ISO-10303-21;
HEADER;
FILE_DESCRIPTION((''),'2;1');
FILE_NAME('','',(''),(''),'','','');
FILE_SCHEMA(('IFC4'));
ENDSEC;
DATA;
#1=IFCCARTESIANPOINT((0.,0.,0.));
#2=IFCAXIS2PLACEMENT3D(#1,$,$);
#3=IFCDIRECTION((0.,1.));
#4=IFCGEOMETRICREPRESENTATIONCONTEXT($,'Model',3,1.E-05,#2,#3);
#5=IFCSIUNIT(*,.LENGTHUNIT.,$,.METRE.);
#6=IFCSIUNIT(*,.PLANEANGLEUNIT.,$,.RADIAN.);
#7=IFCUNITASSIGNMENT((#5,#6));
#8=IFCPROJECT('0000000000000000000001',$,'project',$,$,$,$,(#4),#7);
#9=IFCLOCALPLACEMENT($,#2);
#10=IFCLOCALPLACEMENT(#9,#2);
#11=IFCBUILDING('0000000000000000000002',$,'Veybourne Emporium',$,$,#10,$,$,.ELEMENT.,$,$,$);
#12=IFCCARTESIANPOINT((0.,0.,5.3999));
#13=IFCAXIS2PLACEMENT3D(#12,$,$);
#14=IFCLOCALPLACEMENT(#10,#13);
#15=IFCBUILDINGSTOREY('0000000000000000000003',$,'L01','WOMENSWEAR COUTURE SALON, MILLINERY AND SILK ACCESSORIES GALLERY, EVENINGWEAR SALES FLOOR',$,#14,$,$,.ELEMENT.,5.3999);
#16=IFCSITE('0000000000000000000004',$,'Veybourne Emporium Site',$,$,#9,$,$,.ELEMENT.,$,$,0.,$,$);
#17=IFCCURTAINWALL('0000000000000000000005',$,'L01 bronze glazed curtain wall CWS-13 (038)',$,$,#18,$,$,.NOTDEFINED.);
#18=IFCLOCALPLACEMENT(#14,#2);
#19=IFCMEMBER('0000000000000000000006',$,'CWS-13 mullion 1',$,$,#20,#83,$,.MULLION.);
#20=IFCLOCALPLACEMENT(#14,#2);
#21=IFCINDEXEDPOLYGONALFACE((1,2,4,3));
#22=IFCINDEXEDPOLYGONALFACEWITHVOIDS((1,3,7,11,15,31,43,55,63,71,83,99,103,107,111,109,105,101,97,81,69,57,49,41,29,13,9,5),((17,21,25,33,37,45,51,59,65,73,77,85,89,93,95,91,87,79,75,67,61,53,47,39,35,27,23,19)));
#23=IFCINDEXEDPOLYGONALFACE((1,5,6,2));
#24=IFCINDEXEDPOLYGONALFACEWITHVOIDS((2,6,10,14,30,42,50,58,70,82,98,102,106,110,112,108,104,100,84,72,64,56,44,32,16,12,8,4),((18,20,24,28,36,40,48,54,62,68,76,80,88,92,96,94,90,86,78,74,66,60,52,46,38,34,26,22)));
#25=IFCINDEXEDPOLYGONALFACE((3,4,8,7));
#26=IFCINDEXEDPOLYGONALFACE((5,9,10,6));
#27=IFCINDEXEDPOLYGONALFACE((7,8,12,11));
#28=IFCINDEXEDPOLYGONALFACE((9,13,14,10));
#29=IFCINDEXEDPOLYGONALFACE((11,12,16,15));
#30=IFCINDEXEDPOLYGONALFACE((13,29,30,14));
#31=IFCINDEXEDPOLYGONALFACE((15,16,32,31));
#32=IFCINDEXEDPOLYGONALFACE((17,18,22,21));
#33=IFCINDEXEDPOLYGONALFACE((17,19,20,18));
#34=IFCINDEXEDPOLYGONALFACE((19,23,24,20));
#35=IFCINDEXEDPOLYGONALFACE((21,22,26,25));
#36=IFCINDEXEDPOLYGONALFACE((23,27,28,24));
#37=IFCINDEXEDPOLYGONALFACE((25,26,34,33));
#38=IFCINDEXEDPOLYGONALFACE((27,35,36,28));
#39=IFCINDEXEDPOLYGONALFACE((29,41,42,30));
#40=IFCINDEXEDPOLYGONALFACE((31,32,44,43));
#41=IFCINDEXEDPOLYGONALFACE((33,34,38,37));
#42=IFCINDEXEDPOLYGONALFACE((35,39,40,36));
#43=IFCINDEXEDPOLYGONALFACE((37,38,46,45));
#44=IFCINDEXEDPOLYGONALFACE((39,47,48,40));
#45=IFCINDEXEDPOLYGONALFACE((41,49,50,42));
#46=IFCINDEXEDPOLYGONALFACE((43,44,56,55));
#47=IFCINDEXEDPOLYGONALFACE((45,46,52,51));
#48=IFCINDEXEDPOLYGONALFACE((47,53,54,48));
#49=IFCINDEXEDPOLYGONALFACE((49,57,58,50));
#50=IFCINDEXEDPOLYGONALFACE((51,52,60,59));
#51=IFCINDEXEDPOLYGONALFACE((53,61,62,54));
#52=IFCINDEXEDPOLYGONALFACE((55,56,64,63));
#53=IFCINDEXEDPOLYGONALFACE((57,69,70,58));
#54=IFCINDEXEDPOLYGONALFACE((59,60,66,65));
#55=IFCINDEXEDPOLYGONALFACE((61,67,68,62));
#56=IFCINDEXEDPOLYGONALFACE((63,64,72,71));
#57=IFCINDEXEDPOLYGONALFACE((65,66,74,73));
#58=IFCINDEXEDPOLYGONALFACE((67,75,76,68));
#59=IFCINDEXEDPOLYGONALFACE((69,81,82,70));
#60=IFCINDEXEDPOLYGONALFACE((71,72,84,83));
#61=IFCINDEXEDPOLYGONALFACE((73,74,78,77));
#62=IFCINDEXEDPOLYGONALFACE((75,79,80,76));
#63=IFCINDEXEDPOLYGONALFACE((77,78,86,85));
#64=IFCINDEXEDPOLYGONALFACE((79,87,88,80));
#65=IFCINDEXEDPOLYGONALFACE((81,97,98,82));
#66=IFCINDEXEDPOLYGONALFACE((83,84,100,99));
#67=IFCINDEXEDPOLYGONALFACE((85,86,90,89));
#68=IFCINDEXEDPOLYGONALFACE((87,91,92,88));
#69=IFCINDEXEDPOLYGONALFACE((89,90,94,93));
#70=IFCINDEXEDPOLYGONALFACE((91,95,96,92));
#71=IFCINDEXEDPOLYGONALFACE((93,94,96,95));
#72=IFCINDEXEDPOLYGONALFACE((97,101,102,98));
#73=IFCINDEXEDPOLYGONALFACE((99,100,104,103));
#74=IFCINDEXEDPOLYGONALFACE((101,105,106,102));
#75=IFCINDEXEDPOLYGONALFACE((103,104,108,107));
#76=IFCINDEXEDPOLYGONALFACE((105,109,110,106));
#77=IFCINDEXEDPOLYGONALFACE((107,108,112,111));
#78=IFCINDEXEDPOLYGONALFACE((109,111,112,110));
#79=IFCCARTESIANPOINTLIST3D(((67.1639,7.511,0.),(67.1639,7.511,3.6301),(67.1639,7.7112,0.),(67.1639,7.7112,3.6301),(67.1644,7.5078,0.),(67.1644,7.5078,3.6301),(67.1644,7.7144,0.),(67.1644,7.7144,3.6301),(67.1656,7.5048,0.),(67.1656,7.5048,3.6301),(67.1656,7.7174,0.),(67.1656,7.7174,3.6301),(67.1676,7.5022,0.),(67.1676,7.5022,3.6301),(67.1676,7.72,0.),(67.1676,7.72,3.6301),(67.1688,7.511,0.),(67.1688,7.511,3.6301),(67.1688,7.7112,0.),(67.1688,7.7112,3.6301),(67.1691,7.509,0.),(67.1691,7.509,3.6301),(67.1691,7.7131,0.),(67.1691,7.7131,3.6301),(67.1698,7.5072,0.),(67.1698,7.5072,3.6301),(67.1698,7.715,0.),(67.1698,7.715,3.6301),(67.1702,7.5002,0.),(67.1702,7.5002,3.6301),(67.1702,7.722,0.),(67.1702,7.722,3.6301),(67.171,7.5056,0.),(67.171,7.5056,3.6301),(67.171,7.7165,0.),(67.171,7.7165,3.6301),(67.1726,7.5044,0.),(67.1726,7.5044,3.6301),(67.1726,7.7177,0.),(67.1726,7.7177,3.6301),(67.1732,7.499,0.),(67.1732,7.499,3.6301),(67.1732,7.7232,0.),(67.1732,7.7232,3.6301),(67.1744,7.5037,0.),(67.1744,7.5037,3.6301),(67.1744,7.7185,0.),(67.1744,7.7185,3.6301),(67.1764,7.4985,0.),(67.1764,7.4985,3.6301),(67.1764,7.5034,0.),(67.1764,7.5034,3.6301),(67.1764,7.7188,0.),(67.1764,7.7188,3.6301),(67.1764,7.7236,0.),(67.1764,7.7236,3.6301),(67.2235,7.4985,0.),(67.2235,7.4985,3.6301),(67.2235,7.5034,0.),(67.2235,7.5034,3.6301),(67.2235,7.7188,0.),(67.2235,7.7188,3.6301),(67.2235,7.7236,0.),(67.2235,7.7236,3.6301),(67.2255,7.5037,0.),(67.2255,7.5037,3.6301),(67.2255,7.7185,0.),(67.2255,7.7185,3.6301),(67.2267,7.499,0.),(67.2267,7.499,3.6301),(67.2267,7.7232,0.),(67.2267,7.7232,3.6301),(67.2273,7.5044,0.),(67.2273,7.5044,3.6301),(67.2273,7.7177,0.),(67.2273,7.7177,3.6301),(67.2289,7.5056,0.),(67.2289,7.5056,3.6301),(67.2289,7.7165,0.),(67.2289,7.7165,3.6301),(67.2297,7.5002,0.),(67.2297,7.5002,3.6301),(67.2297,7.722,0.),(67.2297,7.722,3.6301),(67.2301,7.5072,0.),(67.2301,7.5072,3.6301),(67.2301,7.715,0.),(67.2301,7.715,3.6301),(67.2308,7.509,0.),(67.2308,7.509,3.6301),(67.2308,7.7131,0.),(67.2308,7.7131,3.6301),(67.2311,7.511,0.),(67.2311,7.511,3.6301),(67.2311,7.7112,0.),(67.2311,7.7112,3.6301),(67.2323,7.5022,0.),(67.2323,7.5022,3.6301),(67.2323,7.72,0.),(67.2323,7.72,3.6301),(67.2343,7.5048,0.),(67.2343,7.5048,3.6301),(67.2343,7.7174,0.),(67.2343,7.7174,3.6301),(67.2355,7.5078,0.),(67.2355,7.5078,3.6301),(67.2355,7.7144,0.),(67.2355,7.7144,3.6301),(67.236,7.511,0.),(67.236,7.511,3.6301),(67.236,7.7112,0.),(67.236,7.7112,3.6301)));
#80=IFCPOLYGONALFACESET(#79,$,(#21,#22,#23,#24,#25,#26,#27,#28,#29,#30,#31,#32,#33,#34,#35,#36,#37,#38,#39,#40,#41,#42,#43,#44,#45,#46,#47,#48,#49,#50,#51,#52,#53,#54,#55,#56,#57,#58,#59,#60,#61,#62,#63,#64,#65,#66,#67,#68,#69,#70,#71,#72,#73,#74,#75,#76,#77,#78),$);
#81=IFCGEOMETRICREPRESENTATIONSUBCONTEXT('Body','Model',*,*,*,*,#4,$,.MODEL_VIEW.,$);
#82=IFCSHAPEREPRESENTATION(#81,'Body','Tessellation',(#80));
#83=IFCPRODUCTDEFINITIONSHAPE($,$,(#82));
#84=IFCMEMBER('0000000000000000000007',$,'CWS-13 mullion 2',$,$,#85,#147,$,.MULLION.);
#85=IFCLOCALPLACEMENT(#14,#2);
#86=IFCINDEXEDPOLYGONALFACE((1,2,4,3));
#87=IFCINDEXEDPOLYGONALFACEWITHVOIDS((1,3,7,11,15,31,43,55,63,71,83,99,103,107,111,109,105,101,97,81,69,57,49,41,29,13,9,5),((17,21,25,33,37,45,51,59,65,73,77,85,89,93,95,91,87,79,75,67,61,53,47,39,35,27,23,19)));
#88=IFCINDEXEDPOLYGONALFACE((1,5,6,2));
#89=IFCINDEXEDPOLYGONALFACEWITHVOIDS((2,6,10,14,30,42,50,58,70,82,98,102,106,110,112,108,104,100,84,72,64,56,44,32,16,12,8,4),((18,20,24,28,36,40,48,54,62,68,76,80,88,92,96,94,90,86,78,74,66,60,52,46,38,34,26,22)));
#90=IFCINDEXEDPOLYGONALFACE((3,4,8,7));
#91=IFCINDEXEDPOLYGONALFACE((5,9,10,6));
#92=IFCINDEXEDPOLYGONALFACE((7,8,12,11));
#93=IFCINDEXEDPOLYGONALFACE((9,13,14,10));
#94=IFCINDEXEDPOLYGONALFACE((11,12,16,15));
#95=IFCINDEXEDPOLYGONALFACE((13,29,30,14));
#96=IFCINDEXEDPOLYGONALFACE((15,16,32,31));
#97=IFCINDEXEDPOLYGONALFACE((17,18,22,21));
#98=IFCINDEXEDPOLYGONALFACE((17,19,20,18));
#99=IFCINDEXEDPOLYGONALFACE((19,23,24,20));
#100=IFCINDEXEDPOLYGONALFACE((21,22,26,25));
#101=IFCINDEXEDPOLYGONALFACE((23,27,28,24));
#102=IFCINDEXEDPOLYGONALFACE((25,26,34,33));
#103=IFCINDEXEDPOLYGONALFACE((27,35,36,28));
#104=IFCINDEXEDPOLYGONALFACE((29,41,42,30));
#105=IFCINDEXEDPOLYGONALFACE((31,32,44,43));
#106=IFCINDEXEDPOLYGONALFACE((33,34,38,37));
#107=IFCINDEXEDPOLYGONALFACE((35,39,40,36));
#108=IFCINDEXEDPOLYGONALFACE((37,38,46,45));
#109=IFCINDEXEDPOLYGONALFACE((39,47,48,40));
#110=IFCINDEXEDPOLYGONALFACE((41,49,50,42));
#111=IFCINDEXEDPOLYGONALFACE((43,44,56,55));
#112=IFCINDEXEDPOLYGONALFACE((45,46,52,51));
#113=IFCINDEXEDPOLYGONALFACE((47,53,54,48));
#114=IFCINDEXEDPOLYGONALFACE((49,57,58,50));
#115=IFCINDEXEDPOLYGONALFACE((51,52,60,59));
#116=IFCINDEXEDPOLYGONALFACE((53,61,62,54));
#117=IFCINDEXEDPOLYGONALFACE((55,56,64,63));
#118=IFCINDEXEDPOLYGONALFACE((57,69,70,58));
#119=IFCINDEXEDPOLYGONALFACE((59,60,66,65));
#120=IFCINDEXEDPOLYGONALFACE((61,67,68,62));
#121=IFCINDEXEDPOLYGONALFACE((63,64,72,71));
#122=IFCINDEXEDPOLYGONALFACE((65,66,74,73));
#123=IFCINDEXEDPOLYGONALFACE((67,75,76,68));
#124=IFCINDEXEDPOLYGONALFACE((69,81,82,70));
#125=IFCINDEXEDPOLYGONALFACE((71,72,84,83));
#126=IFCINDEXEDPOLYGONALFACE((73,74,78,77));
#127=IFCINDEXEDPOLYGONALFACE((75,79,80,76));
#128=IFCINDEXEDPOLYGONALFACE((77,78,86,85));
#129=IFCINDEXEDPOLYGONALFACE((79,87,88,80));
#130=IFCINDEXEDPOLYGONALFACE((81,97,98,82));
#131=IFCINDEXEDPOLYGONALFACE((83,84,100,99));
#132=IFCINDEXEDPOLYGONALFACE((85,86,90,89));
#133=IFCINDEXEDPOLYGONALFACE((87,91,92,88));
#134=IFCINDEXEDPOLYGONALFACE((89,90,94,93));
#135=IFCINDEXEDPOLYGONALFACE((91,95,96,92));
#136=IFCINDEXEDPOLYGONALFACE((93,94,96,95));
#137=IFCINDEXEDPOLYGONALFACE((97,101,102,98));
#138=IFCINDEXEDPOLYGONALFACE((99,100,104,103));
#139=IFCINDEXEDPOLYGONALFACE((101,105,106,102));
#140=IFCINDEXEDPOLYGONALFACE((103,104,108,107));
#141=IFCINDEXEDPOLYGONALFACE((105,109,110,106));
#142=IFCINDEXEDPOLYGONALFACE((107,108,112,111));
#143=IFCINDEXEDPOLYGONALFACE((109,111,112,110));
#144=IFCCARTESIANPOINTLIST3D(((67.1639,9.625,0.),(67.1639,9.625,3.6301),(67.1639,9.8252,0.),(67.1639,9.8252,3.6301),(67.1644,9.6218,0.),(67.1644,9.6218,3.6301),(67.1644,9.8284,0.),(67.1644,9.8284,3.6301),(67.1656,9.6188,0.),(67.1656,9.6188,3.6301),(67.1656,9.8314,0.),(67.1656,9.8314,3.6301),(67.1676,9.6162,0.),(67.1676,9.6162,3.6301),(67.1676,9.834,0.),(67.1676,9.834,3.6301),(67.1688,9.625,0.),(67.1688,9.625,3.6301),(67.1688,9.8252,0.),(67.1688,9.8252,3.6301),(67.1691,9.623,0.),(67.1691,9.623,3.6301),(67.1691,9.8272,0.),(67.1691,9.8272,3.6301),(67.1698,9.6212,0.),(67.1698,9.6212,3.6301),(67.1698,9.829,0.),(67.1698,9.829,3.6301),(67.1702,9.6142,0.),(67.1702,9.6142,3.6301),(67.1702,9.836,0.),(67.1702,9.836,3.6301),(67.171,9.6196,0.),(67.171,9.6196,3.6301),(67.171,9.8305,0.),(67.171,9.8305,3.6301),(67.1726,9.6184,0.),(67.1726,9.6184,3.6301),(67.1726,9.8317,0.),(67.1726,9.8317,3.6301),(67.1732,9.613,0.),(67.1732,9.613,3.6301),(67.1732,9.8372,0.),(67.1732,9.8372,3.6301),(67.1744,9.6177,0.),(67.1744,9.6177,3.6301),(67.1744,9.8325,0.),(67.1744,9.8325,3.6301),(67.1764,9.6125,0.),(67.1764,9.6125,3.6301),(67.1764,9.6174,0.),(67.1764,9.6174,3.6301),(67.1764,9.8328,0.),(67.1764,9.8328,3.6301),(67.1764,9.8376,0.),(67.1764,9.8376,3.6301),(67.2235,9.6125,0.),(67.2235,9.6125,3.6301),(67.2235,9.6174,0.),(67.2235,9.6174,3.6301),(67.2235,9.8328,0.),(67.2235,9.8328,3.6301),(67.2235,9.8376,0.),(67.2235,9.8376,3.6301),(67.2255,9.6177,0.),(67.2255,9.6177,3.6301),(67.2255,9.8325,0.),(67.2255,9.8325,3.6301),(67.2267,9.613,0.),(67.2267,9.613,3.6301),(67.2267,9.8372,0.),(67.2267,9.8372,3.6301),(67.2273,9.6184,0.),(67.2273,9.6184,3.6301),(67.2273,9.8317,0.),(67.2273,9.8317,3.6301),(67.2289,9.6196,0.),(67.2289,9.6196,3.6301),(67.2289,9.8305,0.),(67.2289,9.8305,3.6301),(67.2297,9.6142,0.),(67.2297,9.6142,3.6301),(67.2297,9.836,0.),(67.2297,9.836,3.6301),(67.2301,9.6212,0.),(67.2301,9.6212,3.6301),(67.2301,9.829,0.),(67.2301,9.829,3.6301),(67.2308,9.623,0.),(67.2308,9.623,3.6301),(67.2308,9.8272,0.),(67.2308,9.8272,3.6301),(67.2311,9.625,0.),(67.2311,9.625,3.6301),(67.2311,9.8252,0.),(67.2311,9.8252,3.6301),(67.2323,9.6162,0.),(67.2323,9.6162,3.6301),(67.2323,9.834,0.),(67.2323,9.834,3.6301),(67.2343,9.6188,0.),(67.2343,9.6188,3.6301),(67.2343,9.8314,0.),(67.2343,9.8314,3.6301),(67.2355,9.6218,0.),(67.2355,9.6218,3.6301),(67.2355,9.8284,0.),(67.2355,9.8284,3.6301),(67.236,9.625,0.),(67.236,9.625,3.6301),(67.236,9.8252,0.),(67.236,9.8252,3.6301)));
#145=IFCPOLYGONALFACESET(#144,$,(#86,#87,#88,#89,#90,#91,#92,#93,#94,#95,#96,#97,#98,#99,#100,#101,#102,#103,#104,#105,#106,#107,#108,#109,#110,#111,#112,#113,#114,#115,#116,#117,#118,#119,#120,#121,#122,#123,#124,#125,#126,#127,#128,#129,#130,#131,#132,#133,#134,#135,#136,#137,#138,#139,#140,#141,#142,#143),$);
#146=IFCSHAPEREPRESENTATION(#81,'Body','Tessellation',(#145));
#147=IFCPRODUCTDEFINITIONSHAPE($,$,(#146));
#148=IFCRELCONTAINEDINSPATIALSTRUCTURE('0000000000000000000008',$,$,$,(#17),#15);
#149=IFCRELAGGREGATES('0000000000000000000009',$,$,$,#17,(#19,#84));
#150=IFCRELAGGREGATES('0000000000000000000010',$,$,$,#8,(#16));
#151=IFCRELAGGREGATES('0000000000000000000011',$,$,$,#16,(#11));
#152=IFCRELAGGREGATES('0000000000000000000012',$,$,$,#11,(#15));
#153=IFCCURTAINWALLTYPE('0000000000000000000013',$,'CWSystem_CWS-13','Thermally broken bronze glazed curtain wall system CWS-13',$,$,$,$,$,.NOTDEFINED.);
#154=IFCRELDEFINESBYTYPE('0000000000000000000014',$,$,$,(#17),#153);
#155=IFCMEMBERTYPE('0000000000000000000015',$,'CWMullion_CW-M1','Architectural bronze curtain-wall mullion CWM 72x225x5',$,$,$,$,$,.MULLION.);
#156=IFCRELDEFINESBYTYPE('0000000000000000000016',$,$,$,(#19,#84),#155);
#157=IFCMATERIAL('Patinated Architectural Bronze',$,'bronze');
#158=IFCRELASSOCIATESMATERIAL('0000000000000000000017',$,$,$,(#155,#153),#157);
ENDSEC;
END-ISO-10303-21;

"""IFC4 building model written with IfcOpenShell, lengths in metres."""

from ifc_helpers import new_model, si_unit, direction, frame, origin, origin_2d, place, context, subcontext, project, spatial, hollow_rectangle, extrude, material, material_profile, profile_set, type_object, element, aggregate, save


model = new_model("IFC4")

# Units and contexts
model_context = context("Model", 3, precision=1e-05, world=origin(), true_north=direction((0.0, 1.0)))
body_context = subcontext(model_context, "Body", "Model", "MODEL_VIEW")
ifc_project = project(units=[si_unit("LENGTHUNIT", "METRE"), si_unit("PLANEANGLEUNIT", "RADIAN")], contexts=[model_context])

# Site, building, storey
site_placement = place(None, origin())
site = spatial("IfcSite", under=ifc_project, at=site_placement, Name="Veybourne Emporium Site", CompositionType="ELEMENT", RefElevation=0.0)
building_placement = place(site_placement, origin())
building = spatial("IfcBuilding", under=site, at=building_placement, Name="Veybourne Emporium", CompositionType="ELEMENT")
storey_placement = place(building_placement, frame((0.0, 0.0, 5.3999)))
storey = spatial("IfcBuildingStorey", under=building, at=storey_placement, Name="L01", Description="WOMENSWEAR COUTURE SALON, MILLINERY AND SILK ACCESSORIES GALLERY, EVENINGWEAR SALES FLOOR", CompositionType="ELEMENT", Elevation=5.3999)

# Curtain wall, members
ifc_material_1 = material(Name="Patinated Architectural Bronze", Category="bronze")
ifc_material_profile_1 = material_profile(ifc_material_1, hollow_rectangle(XDim=0.072, YDim=0.2251, WallThickness=0.0049, InnerFilletRadius=0.0076, OuterFilletRadius=0.0125, at=origin_2d()), Name="CWM 72x225x5")
ifc_profile_set_1 = profile_set([ifc_material_profile_1], Name="Patinated Architectural Bronze")
member_type_1 = type_object("IfcMemberType", Name="CWMullion_CW-M1", Description="Architectural bronze curtain-wall mullion CWM 72x225x5", PredefinedType="MULLION", material=ifc_profile_set_1)
curtain_wall_type_1 = type_object("IfcCurtainWallType", Name="CWSystem_CWS-13", Description="Thermally broken bronze glazed curtain wall system CWS-13", PredefinedType="NOTDEFINED", material=ifc_material_1)
curtain_wall_1_placement = place(storey_placement, origin())
curtain_wall_1 = element("IfcCurtainWall", 1, at=curtain_wall_1_placement, inside=storey, type_object=curtain_wall_type_1, Name="L01 bronze glazed curtain wall CWS-13 (038)", PredefinedType="NOTDEFINED")
member_1_placement = place(storey_placement, frame((67.2, 7.6111, 0.0), z_axis=(0.0, 0.0, 1.0), x_axis=(-1.0, 0.0, 0.0)))
member_1 = element("IfcMember", 2, at=member_1_placement, type_object=member_type_1, Name="CWS-13 mullion 1", PredefinedType="MULLION", context=body_context, shape_type="SweptSolid", body=[
    extrude(hollow_rectangle(XDim=0.072, YDim=0.2251, WallThickness=0.0049, InnerFilletRadius=0.0076, OuterFilletRadius=0.0125, at=origin_2d()), origin(), (0.0, 0.0, 1.0), 3.6301),
])
member_2_placement = place(storey_placement, frame((67.2, 9.7251, 0.0), z_axis=(0.0, 0.0, 1.0), x_axis=(-1.0, 0.0, 0.0)))
member_2 = element("IfcMember", 3, at=member_2_placement, type_object=member_type_1, Name="CWS-13 mullion 2", PredefinedType="MULLION", context=body_context, shape_type="SweptSolid", body=[
    extrude(hollow_rectangle(XDim=0.072, YDim=0.2251, WallThickness=0.0049, InnerFilletRadius=0.0076, OuterFilletRadius=0.0125, at=origin_2d()), origin(), (0.0, 0.0, 1.0), 3.6301),
])

aggregate(curtain_wall_1, [member_1, member_2])

save(model, "model.ifc")
